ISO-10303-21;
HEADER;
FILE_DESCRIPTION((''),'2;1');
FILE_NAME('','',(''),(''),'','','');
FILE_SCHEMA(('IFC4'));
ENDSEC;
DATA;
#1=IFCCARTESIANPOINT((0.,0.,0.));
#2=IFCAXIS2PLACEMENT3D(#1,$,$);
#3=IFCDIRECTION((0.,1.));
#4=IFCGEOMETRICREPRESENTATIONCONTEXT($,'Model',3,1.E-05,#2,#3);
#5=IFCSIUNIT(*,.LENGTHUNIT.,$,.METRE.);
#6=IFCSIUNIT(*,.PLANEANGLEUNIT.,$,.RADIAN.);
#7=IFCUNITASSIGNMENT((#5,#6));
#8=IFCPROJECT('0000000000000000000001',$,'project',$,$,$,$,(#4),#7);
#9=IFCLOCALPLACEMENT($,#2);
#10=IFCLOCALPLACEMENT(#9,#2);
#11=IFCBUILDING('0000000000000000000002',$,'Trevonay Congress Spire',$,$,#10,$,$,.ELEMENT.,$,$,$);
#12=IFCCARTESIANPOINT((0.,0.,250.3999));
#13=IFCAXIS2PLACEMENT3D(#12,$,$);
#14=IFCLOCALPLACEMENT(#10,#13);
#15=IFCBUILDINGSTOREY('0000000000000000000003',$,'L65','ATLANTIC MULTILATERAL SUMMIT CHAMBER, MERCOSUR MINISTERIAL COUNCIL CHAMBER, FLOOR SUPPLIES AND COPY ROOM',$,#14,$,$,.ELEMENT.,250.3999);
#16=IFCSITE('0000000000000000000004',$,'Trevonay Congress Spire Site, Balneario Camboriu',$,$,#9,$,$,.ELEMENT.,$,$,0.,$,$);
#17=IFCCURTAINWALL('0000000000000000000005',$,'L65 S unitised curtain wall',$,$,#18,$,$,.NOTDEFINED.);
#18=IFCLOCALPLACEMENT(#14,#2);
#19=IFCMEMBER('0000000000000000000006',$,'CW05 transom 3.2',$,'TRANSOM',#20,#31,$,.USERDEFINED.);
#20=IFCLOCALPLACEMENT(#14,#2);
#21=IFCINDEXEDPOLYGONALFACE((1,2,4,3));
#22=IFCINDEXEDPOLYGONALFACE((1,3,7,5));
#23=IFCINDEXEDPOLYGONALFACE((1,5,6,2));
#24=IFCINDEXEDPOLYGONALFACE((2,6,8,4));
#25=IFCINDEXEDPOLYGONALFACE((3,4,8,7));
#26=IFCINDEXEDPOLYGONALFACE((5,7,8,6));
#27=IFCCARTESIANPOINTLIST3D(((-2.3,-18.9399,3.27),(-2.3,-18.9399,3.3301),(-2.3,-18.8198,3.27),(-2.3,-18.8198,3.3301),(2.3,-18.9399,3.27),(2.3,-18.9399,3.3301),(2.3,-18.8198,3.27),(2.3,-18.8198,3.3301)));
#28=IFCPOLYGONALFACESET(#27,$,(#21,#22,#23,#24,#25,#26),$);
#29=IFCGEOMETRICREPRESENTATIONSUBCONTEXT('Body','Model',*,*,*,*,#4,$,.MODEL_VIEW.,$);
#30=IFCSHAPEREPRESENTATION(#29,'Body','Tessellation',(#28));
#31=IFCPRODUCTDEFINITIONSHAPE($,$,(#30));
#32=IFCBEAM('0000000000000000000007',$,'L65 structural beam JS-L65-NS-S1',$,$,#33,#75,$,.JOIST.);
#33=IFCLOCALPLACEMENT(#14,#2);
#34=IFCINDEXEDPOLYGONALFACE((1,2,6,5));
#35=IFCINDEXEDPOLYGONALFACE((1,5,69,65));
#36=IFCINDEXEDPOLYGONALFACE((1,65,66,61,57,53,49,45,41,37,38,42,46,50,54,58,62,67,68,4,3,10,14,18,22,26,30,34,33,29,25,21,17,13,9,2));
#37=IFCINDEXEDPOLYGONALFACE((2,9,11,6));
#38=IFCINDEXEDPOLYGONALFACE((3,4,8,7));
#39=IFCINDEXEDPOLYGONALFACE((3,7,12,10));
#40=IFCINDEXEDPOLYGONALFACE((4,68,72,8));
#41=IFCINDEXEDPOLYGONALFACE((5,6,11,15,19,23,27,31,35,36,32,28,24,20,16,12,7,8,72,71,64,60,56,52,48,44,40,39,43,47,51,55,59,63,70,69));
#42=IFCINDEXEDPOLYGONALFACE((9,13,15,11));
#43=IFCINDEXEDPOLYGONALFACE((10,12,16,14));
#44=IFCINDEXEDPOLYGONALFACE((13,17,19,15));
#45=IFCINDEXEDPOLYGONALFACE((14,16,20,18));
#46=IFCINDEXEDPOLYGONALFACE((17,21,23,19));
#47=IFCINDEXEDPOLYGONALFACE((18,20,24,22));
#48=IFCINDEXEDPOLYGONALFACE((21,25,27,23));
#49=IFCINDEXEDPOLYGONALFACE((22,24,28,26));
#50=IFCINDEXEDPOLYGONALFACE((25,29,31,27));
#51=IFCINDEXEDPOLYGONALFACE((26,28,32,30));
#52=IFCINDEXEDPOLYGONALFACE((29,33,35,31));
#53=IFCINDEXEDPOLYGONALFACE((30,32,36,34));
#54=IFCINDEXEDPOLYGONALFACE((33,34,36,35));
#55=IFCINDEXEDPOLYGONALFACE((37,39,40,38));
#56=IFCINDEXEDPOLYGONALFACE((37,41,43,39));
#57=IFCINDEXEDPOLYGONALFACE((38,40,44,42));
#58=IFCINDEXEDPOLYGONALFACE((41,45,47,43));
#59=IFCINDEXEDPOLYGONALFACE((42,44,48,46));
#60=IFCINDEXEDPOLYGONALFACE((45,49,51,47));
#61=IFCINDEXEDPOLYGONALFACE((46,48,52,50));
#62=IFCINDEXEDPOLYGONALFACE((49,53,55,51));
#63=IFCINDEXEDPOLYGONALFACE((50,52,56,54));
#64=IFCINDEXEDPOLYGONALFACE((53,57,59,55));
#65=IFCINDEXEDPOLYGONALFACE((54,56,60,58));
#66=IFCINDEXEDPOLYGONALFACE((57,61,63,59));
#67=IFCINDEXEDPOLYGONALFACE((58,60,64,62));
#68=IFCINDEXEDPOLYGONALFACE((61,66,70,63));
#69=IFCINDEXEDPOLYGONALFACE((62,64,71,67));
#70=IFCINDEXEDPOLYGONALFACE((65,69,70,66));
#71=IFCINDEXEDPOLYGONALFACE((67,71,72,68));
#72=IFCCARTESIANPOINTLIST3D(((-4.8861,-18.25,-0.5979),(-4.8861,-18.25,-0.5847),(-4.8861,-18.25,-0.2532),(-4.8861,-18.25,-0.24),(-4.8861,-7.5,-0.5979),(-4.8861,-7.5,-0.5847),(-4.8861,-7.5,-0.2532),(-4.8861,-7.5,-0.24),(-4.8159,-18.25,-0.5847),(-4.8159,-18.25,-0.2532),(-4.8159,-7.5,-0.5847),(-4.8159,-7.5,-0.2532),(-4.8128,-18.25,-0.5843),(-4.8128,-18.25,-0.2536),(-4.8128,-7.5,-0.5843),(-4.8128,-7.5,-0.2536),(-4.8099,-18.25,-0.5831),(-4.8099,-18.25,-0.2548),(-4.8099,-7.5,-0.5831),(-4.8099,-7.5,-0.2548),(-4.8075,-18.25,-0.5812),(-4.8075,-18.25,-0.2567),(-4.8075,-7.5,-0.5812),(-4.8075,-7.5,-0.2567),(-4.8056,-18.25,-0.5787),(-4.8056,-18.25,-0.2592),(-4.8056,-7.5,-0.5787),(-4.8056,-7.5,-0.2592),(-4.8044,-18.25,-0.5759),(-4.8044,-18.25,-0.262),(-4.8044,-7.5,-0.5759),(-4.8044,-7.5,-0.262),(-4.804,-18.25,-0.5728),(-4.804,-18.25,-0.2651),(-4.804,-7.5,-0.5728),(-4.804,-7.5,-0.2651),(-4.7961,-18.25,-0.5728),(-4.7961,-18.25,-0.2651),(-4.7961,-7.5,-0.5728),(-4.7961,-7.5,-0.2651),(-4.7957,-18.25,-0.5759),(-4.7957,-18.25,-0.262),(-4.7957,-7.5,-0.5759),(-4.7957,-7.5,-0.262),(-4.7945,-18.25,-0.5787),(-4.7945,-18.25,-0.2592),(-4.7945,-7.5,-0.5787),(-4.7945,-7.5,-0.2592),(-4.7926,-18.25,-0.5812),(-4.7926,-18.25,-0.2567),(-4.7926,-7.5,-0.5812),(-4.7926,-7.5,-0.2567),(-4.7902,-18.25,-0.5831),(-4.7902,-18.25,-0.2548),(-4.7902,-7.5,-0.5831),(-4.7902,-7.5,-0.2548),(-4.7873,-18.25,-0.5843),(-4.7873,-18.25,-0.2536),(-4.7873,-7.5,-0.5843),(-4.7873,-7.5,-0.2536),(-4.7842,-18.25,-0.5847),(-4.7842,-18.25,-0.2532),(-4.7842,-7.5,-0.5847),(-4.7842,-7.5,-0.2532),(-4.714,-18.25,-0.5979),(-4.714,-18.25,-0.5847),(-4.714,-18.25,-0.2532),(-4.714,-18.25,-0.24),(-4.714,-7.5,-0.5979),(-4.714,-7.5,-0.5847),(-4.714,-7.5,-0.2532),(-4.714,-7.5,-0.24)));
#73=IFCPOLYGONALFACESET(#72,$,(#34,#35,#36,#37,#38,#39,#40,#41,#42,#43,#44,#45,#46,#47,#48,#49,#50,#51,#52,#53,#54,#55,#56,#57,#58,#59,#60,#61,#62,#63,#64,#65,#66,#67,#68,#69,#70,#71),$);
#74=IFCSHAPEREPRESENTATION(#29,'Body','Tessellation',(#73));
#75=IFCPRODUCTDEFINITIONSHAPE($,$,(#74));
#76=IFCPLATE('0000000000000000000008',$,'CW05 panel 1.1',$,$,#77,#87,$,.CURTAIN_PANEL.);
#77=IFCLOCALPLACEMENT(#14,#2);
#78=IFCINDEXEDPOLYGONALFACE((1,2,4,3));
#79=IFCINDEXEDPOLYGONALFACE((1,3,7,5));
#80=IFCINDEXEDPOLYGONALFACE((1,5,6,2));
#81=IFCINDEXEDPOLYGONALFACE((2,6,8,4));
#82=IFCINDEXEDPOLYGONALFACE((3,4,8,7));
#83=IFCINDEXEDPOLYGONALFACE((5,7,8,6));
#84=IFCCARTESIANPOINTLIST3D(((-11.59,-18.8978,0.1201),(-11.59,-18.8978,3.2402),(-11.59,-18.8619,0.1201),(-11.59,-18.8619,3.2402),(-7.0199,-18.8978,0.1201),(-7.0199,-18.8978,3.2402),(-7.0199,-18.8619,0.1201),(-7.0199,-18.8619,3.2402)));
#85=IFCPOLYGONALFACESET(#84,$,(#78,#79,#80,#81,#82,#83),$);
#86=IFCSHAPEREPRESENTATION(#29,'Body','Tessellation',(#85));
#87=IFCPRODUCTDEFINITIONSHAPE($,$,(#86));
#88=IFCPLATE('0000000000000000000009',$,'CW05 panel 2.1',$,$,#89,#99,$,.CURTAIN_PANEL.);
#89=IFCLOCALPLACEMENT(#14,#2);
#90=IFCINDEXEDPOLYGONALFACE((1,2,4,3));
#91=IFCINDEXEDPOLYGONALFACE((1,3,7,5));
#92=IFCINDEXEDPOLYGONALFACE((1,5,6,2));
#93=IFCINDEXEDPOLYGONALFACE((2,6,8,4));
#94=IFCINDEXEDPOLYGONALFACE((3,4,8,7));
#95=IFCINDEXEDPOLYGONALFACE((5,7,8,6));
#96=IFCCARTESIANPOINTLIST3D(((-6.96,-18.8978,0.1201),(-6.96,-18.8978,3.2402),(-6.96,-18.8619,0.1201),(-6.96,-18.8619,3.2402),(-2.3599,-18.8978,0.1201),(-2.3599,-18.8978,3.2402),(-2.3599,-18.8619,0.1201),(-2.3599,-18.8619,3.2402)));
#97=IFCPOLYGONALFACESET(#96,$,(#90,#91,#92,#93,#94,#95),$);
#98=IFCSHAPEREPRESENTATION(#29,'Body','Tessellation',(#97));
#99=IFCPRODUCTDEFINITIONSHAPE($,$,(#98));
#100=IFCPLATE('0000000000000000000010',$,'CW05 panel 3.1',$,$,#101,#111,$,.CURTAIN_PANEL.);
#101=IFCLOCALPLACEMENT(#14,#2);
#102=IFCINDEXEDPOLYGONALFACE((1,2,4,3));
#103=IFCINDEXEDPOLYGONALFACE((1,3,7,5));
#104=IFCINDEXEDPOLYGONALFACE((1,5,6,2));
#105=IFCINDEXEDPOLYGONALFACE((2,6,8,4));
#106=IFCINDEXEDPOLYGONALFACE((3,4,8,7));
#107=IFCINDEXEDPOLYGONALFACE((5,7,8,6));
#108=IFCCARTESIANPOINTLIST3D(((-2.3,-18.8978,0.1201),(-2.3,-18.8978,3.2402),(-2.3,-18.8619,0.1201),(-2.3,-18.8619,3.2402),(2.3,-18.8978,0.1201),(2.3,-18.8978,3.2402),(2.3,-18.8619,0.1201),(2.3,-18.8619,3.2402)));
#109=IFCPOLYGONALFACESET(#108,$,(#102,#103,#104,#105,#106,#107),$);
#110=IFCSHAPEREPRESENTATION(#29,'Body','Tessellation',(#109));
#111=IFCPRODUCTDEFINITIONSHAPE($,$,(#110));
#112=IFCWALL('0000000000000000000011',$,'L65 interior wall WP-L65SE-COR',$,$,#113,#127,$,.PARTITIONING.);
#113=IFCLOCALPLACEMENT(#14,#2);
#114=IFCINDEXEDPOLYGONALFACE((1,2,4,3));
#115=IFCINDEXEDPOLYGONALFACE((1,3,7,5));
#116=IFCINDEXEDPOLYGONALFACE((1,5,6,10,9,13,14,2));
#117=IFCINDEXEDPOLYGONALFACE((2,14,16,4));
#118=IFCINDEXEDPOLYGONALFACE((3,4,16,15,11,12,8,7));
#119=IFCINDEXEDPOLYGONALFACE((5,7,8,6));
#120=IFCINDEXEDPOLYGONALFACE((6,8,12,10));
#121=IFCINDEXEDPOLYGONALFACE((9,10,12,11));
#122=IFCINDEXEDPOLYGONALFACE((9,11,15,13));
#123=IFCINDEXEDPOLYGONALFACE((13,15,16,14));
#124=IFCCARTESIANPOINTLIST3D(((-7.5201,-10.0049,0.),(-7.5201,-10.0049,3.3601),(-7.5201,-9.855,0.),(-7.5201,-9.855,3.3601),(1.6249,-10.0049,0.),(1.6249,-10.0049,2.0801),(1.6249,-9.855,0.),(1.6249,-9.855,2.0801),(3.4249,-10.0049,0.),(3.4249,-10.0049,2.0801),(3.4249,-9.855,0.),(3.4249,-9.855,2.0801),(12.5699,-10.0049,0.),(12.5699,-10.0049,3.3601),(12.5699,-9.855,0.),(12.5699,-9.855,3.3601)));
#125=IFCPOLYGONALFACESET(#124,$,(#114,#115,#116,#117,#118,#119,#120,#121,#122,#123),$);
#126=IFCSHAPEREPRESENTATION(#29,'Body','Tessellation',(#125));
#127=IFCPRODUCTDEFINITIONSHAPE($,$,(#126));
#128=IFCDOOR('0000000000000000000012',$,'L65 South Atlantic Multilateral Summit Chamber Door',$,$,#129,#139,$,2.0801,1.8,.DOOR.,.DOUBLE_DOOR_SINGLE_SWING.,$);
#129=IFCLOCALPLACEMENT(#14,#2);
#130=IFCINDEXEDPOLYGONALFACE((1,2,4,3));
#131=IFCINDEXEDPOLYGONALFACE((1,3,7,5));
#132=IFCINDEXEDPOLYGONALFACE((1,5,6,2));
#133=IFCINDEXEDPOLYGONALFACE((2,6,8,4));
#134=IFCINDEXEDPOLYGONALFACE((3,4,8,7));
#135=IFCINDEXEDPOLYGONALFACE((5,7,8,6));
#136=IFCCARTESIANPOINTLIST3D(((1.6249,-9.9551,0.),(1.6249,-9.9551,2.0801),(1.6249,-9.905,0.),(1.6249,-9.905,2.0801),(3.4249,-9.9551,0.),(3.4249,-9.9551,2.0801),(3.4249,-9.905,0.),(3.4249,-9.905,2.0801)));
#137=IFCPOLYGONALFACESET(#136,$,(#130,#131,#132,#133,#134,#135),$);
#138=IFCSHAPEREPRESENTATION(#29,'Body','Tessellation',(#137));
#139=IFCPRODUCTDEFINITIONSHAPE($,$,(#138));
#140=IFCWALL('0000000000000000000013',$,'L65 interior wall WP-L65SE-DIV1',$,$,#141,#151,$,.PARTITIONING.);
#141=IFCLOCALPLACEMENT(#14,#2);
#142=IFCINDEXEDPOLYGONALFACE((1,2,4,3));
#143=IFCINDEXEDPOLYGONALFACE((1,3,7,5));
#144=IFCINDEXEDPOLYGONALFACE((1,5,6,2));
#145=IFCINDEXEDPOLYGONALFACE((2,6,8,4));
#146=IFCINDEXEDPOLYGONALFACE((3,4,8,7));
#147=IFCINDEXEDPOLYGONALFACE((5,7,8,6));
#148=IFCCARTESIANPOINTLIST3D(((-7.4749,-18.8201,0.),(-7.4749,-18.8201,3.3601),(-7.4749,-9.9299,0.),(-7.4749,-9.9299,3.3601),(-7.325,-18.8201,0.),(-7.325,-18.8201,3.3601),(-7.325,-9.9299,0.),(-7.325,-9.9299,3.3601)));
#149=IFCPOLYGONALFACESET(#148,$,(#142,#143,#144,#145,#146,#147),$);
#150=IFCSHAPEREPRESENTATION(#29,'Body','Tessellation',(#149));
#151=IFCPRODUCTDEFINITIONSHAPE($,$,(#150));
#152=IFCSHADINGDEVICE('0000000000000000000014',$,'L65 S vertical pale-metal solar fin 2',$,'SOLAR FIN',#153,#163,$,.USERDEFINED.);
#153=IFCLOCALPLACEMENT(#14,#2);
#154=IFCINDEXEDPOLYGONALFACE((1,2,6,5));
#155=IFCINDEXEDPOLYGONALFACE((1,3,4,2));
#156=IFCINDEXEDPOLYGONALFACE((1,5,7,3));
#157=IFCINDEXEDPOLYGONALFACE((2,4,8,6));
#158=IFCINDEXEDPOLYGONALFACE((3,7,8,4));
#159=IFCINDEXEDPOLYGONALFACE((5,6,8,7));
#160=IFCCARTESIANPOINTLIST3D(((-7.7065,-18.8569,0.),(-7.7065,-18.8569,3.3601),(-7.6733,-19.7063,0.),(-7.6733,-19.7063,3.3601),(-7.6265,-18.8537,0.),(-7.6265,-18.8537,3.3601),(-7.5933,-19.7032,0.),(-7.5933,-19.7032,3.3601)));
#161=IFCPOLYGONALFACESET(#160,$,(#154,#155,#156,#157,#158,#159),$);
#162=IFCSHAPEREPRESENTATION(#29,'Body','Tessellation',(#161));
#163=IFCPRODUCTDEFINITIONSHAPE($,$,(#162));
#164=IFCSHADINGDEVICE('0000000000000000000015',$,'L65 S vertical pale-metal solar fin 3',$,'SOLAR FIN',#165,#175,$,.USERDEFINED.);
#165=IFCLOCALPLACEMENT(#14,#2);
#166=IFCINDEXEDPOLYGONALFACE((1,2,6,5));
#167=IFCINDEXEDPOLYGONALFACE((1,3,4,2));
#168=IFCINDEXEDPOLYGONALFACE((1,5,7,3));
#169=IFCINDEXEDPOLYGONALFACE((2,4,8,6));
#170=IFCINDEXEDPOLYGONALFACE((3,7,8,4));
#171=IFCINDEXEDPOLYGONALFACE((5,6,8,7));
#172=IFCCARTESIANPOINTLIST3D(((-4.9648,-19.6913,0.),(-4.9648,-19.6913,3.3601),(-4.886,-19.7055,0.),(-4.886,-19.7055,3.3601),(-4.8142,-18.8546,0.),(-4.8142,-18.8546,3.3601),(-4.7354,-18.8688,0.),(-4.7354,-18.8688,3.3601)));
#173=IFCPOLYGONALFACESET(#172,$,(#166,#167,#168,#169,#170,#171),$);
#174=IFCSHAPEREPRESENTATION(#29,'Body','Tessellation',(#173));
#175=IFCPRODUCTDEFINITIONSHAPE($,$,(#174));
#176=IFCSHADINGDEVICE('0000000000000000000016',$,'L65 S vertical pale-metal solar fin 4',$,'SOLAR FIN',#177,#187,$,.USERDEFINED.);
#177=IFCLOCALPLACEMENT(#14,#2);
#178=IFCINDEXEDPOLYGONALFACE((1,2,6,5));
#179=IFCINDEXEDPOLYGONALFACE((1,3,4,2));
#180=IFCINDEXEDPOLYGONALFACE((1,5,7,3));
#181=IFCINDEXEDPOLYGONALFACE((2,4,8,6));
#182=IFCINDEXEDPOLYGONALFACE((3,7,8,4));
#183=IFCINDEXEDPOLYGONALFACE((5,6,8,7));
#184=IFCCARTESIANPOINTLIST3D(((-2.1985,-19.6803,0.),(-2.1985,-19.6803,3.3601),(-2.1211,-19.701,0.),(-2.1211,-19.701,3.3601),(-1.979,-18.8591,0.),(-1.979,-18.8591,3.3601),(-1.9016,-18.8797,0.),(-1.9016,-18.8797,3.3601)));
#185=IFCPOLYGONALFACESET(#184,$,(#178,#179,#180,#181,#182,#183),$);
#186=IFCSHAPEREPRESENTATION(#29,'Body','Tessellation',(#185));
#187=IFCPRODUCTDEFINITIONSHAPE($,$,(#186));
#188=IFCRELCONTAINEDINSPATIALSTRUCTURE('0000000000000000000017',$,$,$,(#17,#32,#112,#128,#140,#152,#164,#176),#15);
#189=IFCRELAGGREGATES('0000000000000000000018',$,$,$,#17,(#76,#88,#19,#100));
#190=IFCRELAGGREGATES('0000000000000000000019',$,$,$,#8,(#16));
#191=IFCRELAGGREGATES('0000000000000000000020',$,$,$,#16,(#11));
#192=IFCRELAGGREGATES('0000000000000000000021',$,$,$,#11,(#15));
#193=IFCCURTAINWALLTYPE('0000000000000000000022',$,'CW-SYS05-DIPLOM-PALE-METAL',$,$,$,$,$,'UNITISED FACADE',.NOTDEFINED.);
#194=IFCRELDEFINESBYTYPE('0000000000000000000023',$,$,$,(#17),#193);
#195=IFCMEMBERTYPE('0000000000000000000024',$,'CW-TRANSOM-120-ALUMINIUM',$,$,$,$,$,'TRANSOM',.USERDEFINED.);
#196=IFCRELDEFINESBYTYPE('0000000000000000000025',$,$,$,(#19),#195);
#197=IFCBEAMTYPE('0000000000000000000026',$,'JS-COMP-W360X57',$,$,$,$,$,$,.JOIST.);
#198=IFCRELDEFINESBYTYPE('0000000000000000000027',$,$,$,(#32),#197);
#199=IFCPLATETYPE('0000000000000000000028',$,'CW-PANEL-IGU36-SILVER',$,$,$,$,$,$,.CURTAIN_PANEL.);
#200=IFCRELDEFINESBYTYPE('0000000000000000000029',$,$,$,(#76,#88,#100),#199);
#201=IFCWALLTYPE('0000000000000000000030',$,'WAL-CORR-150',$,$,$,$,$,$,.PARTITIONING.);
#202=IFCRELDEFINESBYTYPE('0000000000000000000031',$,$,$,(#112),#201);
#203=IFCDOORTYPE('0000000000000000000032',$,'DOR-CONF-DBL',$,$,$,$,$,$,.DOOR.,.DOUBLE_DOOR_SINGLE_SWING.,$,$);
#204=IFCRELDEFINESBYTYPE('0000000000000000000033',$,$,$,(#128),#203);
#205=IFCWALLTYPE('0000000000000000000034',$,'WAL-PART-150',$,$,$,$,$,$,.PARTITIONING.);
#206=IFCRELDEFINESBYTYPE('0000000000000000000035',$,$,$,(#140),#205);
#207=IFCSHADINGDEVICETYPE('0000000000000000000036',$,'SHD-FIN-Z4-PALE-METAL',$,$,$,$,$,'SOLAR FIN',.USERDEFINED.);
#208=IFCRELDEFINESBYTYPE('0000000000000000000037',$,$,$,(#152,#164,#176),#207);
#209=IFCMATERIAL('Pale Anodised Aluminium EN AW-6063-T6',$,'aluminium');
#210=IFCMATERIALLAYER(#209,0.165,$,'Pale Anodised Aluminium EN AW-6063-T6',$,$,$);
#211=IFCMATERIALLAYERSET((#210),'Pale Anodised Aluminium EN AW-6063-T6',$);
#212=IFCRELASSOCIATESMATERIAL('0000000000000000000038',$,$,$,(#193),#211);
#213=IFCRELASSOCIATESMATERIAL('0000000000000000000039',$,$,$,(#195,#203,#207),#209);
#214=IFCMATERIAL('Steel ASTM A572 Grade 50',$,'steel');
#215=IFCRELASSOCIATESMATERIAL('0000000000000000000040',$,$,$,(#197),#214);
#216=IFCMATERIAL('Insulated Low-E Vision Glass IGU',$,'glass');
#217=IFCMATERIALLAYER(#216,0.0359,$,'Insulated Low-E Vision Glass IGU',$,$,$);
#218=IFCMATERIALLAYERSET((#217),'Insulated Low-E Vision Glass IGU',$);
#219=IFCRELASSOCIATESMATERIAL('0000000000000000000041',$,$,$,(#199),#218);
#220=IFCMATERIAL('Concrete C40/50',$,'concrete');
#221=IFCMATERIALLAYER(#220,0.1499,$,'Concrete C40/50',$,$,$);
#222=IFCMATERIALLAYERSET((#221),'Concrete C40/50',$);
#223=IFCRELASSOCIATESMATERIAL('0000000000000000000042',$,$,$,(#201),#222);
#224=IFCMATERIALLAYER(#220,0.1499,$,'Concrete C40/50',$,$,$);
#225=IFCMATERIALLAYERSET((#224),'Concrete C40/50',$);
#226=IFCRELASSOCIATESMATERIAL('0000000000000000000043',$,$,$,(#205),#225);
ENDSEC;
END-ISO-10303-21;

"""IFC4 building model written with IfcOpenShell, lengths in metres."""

from ifc_helpers import new_model, si_unit, direction, frame, frame_2d, origin, origin_2d, place, context, subcontext, project, spatial, rectangle, i_section, extrude, material, layer, layer_set, material_profile, profile_set, type_object, element, fill, aggregate, save


model = new_model("IFC4")

# Units and contexts
model_context = context("Model", 3, precision=1e-05, world=origin(), true_north=direction((0.0, 1.0)))
body_context = subcontext(model_context, "Body", "Model", "MODEL_VIEW")
ifc_project = project(units=[si_unit("LENGTHUNIT", "METRE"), si_unit("PLANEANGLEUNIT", "RADIAN")], contexts=[model_context])

# Site, building, storey
site_placement = place(None, origin())
site = spatial("IfcSite", under=ifc_project, at=site_placement, Name="Trevonay Congress Spire Site, Balneario Camboriu", CompositionType="ELEMENT", RefElevation=0.0)
building_placement = place(site_placement, origin())
building = spatial("IfcBuilding", under=site, at=building_placement, Name="Trevonay Congress Spire", CompositionType="ELEMENT")
storey_placement = place(building_placement, frame((0.0, 0.0, 250.3999)))
storey = spatial("IfcBuildingStorey", under=building, at=storey_placement, Name="L65", Description="ATLANTIC MULTILATERAL SUMMIT CHAMBER, MERCOSUR MINISTERIAL COUNCIL CHAMBER, FLOOR SUPPLIES AND COPY ROOM", CompositionType="ELEMENT", Elevation=250.3999)

# Shared definitions
ifc_material_1 = material(Name="Steel ASTM A572 Grade 50", Category="steel")

# Curtain wall, member
ifc_material_2 = material(Name="Pale Anodised Aluminium EN AW-6063-T6", Category="aluminium")
ifc_layer_1 = layer(ifc_material_2, 0.165, Name="Pale Anodised Aluminium EN AW-6063-T6")
ifc_layer_set_1 = layer_set([ifc_layer_1], Name="Pale Anodised Aluminium EN AW-6063-T6")
curtain_wall_type = type_object("IfcCurtainWallType", Name="CW-SYS05-DIPLOM-PALE-METAL", ElementType="UNITISED FACADE", PredefinedType="NOTDEFINED", material=ifc_layer_set_1)
curtain_wall_placement = place(storey_placement, origin())
curtain_wall = element("IfcCurtainWall", 1, at=curtain_wall_placement, inside=storey, type_object=curtain_wall_type, Name="L65 S unitised curtain wall", PredefinedType="NOTDEFINED")
ifc_material_profile_1 = material_profile(ifc_material_2, rectangle(XDim=0.1201, YDim=0.0601, at=origin_2d()), Name="CW-TRANSOM-120-ALUMINIUM")
ifc_profile_set_1 = profile_set([ifc_material_profile_1], Name="Pale Anodised Aluminium EN AW-6063-T6")
member_type_1 = type_object("IfcMemberType", Name="CW-TRANSOM-120-ALUMINIUM", ElementType="TRANSOM", PredefinedType="USERDEFINED", material=ifc_profile_set_1)
member_1_placement = place(storey_placement, frame((-2.3, -18.8799, 3.3), z_axis=(1.0, 0.0, 0.0), x_axis=(0.0, 1.0, 0.0)))
member_1 = element("IfcMember", 2, at=member_1_placement, type_object=member_type_1, Name="CW05 transom 3.2", ObjectType="TRANSOM", PredefinedType="USERDEFINED", context=body_context, shape_type="SweptSolid", body=[
    extrude(rectangle(XDim=0.1201, YDim=0.0601, at=origin_2d()), origin(), (0.0, 0.0, 1.0), 4.6001),
])

# Beam
ifc_material_profile_2 = material_profile(ifc_material_1, i_section(OverallWidth=0.1721, OverallDepth=0.3579, WebThickness=0.0078, FlangeThickness=0.0132, FilletRadius=0.012, at=origin_2d()), Name="W360x57.8")
ifc_profile_set_2 = profile_set([ifc_material_profile_2], Name="Steel ASTM A572 Grade 50")
beam_type_1 = type_object("IfcBeamType", Name="JS-COMP-W360X57", PredefinedType="JOIST", material=ifc_profile_set_2)
beam_placement = place(storey_placement, frame((-4.8, -18.25, -0.4189), z_axis=(0.0, 1.0, 0.0), x_axis=(-1.0, 0.0, 0.0)))
element("IfcBeam", 3, at=beam_placement, inside=storey, type_object=beam_type_1, Name="L65 structural beam JS-L65-NS-S1", PredefinedType="JOIST", context=body_context, shape_type="SweptSolid", body=[
    extrude(i_section(OverallWidth=0.1721, OverallDepth=0.3579, WebThickness=0.0078, FlangeThickness=0.0132, FilletRadius=0.012, at=origin_2d()), origin(), (0.0, 0.0, 1.0), 10.75),
])

# Plates
ifc_material_3 = material(Name="Insulated Low-E Vision Glass IGU", Category="glass")
ifc_layer_2 = layer(ifc_material_3, 0.0359, Name="Insulated Low-E Vision Glass IGU")
ifc_layer_set_2 = layer_set([ifc_layer_2], Name="Insulated Low-E Vision Glass IGU")
plate_type = type_object("IfcPlateType", Name="CW-PANEL-IGU36-SILVER", PredefinedType="CURTAIN_PANEL", material=ifc_layer_set_2)
plate_1_placement = place(storey_placement, frame((-9.3049, -18.8799, 0.1201), z_axis=(0.0, 0.0, 1.0), x_axis=(1.0, 0.0, 0.0)))
plate_1 = element("IfcPlate", 4, at=plate_1_placement, type_object=plate_type, Name="CW05 panel 1.1", PredefinedType="CURTAIN_PANEL", context=body_context, shape_type="SweptSolid", body=[
    extrude(rectangle(XDim=4.5701, YDim=0.0359, at=origin_2d()), origin(), (0.0, 0.0, 1.0), 3.1201),
])
plate_2_placement = place(storey_placement, frame((-4.6599, -18.8799, 0.1201), z_axis=(0.0, 0.0, 1.0), x_axis=(1.0, 0.0, 0.0)))
plate_2 = element("IfcPlate", 5, at=plate_2_placement, type_object=plate_type, Name="CW05 panel 2.1", PredefinedType="CURTAIN_PANEL", context=body_context, shape_type="SweptSolid", body=[
    extrude(rectangle(XDim=4.6001, YDim=0.0359, at=origin_2d()), origin(), (0.0, 0.0, 1.0), 3.1201),
])
plate_3_placement = place(storey_placement, frame((0.0, -18.8799, 0.1201), z_axis=(0.0, 0.0, 1.0), x_axis=(1.0, 0.0, 0.0)))
plate_3 = element("IfcPlate", 6, at=plate_3_placement, type_object=plate_type, Name="CW05 panel 3.1", PredefinedType="CURTAIN_PANEL", context=body_context, shape_type="SweptSolid", body=[
    extrude(rectangle(XDim=4.6001, YDim=0.0359, at=origin_2d()), origin(), (0.0, 0.0, 1.0), 3.1201),
])
aggregate(curtain_wall, [plate_1, plate_2, member_1, plate_3])

# Wall, opening, door
ifc_material_4 = material(Name="Concrete C40/50", Category="concrete")
ifc_layer_3 = layer(ifc_material_4, 0.1499, Name="Concrete C40/50")
ifc_layer_set_3 = layer_set([ifc_layer_3], Name="Concrete C40/50")
wall_type_1 = type_object("IfcWallType", Name="WAL-CORR-150", PredefinedType="PARTITIONING", material=ifc_layer_set_3)
wall_1_placement = place(storey_placement, frame((-7.52, -9.9299, 0.0), z_axis=(0.0, 0.0, 1.0), x_axis=(1.0, 0.0, 0.0)))
wall_1 = element("IfcWall", 7, at=wall_1_placement, inside=storey, type_object=wall_type_1, Name="L65 interior wall WP-L65SE-COR", PredefinedType="PARTITIONING", context=body_context, shape_type="SweptSolid", body=[
    extrude(rectangle(XDim=20.0901, YDim=0.1499, at=frame_2d((10.0449, 0.0))), origin(), (0.0, 0.0, 1.0), 3.3601),
])
opening_placement = place(wall_1_placement, frame((9.145, 0.0, 0.0)))
opening = element("IfcOpeningElement", 8, at=opening_placement, cuts=wall_1, PredefinedType="OPENING", context=body_context, shape_type="SweptSolid", body=[
    extrude(rectangle(XDim=1.8, YDim=2.0801, at=frame_2d((0.8999, 1.04))), frame((0.0, 0.085, 0.0), z_axis=(0.0, -1.0, 0.0), x_axis=(1.0, 0.0, 0.0)), (0.0, 0.0, 1.0), 0.1699),
])
door_type = type_object("IfcDoorType", Name="DOR-CONF-DBL", OperationType="DOUBLE_DOOR_SINGLE_SWING", PredefinedType="DOOR", material=ifc_material_2)
door_placement = place(opening_placement, origin())
door = element("IfcDoor", 9, at=door_placement, inside=storey, type_object=door_type, Name="L65 South Atlantic Multilateral Summit Chamber Door", OperationType="DOUBLE_DOOR_SINGLE_SWING", OverallHeight=2.0801, OverallWidth=1.8, PredefinedType="DOOR", context=body_context, shape_type="SweptSolid", body=[
    extrude(rectangle(XDim=1.8, YDim=2.0801, at=frame_2d((0.8999, 1.04))), frame((0.0, 0.0249, 0.0), z_axis=(0.0, -1.0, 0.0), x_axis=(1.0, 0.0, 0.0)), (0.0, 0.0, 1.0), 0.05),
])
fill(opening, door)

# Wall
ifc_layer_4 = layer(ifc_material_4, 0.1499, Name="Concrete C40/50")
ifc_layer_set_4 = layer_set([ifc_layer_4], Name="Concrete C40/50")
wall_type_2 = type_object("IfcWallType", Name="WAL-PART-150", PredefinedType="PARTITIONING", material=ifc_layer_set_4)
wall_2_placement = place(storey_placement, frame((-7.3999, -18.8201, 0.0), z_axis=(0.0, 0.0, 1.0), x_axis=(0.0, 1.0, 0.0)))
element("IfcWall", 10, at=wall_2_placement, inside=storey, type_object=wall_type_2, Name="L65 interior wall WP-L65SE-DIV1", PredefinedType="PARTITIONING", context=body_context, shape_type="SweptSolid", body=[
    extrude(rectangle(XDim=8.8901, YDim=0.1499, at=frame_2d((4.4451, 0.0))), origin(), (0.0, 0.0, 1.0), 3.3601),
])

# Shading devices
shading_device_type = type_object("IfcShadingDeviceType", Name="SHD-FIN-Z4-PALE-METAL", ElementType="SOLAR FIN", PredefinedType="USERDEFINED", material=ifc_material_2)
for number, where, z_axis, x_axis, name in (
    (11, (-7.6499, -19.28, 0.0), (0.0, 0.0, 1.0), (0.999236, 0.039085, 0.0), "L65 S vertical pale-metal solar fin 2"),
    (12, (-4.8501, -19.28, 0.0), (0.0, 0.0, 1.0), (0.984196, -0.177085, 0.0), "L65 S vertical pale-metal solar fin 3"),
    (13, (-2.05, -19.28, 0.0), (0.0, 0.0, 1.0), (0.966106, -0.258145, 0.0), "L65 S vertical pale-metal solar fin 4"),
):
    element("IfcShadingDevice", number, at=place(storey_placement, frame(where, z_axis=z_axis, x_axis=x_axis)), inside=storey, type_object=shading_device_type, Name=name, ObjectType="SOLAR FIN", PredefinedType="USERDEFINED", context=body_context, shape_type="SweptSolid", body=[
        extrude(rectangle(XDim=0.0801, YDim=0.8501, at=origin_2d()), origin(), (0.0, 0.0, 1.0), 3.3601),
    ])

save(model, "model.ifc")
